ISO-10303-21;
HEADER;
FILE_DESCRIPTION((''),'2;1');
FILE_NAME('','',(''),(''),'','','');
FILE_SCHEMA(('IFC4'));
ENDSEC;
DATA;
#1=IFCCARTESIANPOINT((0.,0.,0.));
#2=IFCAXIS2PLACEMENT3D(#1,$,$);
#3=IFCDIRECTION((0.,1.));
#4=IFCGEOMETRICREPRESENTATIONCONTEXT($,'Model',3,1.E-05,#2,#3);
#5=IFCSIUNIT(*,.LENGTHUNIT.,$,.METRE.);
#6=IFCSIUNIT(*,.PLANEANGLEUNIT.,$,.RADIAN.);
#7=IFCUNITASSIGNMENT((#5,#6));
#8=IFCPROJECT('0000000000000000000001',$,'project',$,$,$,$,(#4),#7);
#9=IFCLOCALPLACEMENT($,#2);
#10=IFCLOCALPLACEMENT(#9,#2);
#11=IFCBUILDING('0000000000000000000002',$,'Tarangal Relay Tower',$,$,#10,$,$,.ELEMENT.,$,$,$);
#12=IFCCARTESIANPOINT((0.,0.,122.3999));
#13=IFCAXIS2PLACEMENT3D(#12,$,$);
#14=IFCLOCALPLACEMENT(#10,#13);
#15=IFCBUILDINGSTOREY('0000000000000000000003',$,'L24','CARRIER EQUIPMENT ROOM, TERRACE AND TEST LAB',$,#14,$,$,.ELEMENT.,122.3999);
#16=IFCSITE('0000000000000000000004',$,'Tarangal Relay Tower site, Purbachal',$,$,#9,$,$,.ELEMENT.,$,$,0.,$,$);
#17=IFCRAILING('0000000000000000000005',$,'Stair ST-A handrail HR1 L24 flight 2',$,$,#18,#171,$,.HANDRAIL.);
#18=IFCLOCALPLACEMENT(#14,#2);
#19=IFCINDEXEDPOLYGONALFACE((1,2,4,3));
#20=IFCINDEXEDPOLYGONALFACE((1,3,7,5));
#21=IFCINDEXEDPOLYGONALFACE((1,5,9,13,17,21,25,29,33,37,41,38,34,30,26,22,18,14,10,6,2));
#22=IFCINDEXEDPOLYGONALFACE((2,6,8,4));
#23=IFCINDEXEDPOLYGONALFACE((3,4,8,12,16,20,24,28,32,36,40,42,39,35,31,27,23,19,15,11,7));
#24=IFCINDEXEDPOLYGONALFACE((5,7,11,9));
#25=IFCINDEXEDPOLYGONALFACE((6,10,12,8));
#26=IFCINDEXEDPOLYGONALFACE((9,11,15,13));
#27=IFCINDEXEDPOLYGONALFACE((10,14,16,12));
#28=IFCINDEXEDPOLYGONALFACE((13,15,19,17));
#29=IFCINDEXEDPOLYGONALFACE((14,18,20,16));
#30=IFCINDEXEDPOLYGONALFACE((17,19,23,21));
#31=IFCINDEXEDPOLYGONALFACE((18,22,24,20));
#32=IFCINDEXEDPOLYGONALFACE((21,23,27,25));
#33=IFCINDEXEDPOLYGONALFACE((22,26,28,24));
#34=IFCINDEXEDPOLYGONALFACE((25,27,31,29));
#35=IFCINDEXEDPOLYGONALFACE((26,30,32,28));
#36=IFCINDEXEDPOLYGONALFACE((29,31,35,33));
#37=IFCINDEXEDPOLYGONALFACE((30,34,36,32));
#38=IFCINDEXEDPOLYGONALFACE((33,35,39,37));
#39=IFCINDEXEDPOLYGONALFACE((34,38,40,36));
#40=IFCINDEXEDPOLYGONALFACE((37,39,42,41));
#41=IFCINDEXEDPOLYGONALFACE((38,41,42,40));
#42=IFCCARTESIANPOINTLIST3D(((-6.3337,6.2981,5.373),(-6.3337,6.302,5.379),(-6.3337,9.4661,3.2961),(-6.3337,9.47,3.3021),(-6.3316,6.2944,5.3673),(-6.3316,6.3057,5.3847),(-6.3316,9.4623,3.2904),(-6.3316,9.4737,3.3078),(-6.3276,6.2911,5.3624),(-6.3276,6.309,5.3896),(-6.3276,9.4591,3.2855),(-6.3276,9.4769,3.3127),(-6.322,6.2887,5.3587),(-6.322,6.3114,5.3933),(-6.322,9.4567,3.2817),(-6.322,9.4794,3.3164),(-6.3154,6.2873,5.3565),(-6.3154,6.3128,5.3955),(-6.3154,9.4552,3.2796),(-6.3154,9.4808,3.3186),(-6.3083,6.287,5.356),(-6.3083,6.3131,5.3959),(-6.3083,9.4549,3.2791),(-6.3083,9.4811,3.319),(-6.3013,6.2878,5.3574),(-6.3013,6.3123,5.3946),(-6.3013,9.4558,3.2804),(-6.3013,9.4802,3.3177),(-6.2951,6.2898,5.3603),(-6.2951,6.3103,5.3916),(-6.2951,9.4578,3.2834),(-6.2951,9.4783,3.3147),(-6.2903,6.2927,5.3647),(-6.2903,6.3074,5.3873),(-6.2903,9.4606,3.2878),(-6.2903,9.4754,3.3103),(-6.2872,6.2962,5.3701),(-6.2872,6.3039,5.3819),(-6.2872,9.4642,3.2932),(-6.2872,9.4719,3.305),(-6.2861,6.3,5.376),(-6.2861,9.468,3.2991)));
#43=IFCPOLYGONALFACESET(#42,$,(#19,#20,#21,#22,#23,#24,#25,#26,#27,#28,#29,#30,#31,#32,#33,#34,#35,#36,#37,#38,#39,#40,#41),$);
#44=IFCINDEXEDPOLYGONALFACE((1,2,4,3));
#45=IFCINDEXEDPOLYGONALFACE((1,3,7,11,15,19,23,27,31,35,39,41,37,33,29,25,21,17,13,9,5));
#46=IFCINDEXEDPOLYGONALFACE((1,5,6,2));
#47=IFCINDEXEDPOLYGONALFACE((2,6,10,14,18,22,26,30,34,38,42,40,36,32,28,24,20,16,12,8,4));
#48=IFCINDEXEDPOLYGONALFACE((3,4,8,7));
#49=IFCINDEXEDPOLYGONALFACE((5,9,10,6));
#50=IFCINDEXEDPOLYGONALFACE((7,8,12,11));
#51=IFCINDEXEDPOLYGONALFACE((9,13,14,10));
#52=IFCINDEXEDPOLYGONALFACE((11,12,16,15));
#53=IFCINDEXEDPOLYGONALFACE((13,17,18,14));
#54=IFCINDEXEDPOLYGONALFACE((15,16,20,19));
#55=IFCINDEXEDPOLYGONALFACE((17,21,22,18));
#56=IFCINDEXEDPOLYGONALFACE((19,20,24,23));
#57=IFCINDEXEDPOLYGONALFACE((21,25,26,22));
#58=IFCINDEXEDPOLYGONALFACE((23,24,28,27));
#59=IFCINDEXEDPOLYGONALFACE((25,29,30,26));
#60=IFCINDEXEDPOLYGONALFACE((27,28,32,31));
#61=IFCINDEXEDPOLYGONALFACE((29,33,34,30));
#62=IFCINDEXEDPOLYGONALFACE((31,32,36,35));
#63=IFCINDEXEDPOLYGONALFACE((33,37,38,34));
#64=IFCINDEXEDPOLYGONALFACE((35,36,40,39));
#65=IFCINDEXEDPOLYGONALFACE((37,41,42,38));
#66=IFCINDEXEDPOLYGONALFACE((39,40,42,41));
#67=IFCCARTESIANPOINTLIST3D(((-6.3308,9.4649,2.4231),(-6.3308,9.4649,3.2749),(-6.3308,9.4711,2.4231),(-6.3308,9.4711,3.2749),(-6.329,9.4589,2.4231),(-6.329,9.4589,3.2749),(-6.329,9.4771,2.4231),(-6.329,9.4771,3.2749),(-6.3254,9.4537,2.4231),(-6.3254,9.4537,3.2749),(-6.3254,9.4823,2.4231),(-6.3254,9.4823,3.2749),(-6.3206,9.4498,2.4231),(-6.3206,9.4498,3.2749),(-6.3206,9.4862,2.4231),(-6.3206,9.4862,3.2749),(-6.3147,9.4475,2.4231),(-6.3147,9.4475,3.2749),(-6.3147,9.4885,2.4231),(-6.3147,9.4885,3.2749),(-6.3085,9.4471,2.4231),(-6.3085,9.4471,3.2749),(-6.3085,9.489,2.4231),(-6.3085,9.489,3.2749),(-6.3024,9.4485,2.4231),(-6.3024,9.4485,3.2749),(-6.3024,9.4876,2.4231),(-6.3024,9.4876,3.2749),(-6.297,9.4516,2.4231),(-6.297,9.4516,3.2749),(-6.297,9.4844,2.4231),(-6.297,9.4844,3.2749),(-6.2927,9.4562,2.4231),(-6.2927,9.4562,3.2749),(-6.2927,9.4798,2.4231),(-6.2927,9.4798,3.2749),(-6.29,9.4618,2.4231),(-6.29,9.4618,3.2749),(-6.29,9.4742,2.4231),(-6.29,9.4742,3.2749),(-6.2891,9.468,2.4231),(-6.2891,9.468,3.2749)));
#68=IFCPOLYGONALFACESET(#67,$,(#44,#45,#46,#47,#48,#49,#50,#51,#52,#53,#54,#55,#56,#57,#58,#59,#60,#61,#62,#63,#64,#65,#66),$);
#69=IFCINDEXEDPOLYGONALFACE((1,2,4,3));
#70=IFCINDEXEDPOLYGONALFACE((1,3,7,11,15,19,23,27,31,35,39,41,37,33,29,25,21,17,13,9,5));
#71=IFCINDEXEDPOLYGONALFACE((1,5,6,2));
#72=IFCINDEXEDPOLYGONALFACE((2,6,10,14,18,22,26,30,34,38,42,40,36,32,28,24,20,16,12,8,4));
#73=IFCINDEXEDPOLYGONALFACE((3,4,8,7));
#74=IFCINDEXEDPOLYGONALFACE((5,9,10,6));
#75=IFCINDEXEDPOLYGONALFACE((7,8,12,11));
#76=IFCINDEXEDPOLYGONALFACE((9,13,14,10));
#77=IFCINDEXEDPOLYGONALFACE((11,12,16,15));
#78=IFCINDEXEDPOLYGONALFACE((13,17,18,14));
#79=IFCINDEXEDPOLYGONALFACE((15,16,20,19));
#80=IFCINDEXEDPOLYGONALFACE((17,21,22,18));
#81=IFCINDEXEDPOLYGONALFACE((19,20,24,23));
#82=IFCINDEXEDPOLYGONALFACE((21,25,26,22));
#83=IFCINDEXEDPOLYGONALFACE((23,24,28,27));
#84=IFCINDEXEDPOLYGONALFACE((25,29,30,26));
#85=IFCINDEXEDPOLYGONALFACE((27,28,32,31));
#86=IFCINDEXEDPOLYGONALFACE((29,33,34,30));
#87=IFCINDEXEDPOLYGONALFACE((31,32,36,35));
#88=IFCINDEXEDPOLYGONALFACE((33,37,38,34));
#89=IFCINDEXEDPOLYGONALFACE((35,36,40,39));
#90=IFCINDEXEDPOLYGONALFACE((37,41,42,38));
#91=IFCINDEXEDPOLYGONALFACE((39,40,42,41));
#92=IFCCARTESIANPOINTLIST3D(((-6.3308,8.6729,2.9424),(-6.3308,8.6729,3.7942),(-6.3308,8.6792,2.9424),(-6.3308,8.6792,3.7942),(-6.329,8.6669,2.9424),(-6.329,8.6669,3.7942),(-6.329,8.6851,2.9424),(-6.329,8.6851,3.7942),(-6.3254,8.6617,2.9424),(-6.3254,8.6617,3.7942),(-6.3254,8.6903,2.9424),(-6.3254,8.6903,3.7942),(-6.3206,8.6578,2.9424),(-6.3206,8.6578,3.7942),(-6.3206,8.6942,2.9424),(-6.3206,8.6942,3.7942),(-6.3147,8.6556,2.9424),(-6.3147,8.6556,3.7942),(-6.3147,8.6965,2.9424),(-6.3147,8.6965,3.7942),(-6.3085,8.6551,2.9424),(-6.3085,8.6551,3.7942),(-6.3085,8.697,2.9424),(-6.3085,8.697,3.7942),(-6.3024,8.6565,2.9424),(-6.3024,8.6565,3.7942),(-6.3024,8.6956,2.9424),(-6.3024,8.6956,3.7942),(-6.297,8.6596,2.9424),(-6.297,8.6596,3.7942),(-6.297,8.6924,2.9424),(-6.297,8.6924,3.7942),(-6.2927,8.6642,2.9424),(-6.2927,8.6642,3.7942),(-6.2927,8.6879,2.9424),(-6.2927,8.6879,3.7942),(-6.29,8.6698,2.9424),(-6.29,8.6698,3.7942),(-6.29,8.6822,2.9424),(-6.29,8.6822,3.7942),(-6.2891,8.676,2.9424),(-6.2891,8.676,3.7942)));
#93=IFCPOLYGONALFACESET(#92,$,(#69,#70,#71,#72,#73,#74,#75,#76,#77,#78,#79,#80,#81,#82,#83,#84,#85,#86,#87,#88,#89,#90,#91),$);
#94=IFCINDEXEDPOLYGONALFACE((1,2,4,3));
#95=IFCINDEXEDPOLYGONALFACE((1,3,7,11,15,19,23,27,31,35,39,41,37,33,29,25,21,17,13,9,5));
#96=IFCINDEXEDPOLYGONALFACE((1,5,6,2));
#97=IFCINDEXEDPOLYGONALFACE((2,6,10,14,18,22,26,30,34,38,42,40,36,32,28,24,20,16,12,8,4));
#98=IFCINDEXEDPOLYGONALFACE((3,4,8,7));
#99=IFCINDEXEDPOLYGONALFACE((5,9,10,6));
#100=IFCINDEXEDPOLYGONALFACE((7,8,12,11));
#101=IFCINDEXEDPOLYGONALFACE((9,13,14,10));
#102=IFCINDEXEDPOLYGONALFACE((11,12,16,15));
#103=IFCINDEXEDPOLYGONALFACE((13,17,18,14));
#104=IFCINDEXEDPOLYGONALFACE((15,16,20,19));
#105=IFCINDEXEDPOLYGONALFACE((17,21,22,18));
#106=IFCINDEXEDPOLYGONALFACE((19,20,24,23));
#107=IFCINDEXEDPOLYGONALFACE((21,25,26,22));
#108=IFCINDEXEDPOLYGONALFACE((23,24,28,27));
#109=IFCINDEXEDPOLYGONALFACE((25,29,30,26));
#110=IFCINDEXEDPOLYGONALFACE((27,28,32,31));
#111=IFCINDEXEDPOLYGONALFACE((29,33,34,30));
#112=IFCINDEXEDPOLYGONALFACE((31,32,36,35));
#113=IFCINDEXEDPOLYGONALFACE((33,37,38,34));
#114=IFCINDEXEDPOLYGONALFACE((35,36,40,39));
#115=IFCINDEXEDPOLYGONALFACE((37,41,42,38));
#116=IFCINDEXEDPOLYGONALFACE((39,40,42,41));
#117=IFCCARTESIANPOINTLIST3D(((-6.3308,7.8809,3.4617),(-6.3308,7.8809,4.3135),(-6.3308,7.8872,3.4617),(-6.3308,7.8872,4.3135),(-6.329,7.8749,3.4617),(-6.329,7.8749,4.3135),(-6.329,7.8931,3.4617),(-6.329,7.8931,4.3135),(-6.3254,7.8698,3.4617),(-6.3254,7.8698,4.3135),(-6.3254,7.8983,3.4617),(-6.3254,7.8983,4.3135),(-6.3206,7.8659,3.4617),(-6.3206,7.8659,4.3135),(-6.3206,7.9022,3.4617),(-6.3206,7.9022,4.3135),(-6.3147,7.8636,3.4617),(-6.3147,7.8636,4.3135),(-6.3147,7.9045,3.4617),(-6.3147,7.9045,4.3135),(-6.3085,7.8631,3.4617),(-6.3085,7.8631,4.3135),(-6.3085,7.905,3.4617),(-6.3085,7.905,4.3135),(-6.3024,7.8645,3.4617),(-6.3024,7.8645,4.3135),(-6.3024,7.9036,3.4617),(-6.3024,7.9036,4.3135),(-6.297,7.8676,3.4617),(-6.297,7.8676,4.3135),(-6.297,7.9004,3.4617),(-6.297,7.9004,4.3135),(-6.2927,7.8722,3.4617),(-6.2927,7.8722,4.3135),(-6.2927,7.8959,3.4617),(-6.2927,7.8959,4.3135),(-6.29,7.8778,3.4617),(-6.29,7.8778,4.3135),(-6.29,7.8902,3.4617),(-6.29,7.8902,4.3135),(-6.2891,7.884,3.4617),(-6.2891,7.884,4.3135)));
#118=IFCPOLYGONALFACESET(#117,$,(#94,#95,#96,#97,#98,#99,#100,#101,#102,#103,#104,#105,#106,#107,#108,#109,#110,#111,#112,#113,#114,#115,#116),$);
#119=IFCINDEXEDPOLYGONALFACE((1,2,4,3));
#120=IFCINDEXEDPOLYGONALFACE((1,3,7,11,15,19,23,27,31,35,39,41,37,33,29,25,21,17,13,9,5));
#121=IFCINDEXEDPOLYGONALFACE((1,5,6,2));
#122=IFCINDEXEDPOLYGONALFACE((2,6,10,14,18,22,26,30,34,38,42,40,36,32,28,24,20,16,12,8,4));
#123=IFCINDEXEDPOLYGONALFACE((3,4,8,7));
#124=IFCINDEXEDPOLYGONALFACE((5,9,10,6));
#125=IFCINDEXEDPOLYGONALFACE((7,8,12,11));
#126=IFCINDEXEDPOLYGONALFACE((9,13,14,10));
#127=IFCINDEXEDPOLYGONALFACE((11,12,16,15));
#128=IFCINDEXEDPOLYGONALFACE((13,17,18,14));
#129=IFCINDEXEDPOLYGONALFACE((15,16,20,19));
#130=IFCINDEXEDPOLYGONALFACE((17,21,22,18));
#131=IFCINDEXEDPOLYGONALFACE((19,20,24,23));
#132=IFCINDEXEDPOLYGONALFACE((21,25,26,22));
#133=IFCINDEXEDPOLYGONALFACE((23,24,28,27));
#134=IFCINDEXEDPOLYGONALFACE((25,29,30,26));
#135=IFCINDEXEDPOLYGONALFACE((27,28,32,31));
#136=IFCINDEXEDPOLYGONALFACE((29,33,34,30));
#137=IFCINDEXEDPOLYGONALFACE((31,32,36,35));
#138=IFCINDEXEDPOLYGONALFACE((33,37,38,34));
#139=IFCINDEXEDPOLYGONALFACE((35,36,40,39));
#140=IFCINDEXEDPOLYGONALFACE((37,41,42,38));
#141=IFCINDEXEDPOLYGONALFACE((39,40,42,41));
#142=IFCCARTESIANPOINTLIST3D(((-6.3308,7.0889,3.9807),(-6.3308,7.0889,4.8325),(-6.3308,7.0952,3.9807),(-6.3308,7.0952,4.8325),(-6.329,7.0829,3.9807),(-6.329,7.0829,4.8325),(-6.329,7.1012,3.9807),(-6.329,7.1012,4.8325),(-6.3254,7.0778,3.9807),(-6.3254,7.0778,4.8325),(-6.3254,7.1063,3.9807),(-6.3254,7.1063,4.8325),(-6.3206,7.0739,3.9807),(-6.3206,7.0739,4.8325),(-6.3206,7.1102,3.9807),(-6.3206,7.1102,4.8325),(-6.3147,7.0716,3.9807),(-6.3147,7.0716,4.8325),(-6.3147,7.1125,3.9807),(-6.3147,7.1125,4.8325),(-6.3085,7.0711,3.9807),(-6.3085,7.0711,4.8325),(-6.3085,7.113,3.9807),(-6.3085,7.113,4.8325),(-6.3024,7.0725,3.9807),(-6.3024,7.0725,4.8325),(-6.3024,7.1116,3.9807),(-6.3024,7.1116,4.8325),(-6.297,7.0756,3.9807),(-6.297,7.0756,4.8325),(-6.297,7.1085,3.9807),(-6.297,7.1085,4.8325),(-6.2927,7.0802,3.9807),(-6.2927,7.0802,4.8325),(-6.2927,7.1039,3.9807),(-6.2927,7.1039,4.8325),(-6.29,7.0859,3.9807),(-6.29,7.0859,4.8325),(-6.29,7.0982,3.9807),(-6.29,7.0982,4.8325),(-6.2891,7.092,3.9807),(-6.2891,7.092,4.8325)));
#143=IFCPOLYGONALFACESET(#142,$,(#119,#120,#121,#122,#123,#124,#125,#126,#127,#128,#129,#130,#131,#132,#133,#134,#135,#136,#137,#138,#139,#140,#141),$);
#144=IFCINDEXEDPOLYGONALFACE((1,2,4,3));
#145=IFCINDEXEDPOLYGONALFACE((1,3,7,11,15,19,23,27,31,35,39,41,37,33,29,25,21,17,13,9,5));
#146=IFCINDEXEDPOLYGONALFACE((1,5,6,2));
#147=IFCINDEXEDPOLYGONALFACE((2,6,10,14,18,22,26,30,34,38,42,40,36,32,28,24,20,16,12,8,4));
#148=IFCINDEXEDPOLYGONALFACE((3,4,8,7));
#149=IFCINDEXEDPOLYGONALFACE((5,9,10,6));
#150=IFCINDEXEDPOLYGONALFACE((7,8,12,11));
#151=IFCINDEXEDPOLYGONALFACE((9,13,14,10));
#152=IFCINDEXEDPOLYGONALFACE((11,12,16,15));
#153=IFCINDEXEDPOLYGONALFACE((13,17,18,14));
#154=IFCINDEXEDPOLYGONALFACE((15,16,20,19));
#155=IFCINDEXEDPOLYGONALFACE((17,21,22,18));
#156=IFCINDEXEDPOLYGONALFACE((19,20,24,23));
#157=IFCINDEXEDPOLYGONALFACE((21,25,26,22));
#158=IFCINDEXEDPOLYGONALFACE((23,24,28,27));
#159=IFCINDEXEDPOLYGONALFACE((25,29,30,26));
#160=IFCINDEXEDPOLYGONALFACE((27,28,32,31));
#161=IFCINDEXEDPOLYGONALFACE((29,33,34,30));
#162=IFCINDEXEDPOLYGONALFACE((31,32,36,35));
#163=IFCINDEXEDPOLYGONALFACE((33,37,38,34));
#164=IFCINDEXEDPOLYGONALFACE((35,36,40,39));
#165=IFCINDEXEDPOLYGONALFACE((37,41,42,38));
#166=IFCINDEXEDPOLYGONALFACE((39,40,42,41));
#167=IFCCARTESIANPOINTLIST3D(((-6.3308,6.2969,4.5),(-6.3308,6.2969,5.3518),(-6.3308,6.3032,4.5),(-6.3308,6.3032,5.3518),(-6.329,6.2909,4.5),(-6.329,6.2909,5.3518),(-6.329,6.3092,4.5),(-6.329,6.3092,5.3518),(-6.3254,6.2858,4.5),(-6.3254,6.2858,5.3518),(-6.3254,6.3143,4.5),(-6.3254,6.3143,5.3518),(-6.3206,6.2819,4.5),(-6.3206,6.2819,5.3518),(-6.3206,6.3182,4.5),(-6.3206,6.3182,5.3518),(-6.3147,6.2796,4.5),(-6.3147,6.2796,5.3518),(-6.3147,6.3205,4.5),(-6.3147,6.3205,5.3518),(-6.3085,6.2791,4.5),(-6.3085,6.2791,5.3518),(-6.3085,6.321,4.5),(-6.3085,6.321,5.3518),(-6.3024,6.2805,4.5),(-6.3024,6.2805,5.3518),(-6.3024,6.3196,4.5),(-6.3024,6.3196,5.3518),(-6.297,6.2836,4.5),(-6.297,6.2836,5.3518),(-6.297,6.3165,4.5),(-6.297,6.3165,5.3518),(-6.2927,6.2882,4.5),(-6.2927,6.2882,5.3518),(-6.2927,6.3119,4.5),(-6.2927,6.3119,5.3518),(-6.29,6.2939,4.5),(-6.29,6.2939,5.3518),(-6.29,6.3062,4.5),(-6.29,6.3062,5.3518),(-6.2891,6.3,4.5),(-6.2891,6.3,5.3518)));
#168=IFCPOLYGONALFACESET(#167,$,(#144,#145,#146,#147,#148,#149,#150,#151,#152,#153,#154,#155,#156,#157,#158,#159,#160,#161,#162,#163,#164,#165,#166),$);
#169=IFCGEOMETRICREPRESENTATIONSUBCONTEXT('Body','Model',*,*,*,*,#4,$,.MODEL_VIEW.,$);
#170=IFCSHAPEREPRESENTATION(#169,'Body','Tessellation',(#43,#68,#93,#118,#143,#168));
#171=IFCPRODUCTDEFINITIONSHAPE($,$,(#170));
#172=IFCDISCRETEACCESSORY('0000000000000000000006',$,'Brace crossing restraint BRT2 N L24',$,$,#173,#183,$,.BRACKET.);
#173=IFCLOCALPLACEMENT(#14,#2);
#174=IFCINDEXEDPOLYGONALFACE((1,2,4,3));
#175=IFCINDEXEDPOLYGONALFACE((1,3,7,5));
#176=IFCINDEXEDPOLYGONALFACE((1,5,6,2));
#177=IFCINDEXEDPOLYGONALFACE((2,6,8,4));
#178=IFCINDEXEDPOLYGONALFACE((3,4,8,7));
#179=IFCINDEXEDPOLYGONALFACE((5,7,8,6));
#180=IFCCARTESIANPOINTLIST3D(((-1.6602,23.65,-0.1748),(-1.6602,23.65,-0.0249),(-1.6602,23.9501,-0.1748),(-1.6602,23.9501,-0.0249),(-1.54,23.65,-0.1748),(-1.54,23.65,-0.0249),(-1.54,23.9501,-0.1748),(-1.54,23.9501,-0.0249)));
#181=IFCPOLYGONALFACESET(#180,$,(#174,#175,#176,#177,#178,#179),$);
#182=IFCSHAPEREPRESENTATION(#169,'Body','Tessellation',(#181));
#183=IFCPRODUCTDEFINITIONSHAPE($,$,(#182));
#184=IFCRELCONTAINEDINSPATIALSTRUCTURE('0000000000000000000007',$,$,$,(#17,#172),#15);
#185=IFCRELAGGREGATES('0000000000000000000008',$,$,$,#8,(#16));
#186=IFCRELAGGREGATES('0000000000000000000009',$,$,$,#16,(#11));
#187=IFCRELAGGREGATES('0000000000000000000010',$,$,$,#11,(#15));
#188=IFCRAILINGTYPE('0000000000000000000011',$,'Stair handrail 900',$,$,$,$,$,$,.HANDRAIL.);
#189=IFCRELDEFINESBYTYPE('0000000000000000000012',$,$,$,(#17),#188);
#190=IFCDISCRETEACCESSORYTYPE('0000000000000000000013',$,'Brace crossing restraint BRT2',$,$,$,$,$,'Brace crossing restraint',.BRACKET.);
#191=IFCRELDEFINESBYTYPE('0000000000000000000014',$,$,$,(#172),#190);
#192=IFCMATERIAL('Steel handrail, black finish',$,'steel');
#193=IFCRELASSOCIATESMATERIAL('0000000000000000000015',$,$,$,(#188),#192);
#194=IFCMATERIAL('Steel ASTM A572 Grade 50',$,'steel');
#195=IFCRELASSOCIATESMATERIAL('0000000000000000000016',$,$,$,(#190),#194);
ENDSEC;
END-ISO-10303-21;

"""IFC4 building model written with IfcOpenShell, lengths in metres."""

from ifc_helpers import new_model, si_unit, direction, frame, origin, origin_2d, place, context, subcontext, project, spatial, rectangle, circle, extrude, material, type_object, element, save


model = new_model("IFC4")

# Units and contexts
model_context = context("Model", 3, precision=1e-05, world=origin(), true_north=direction((0.0, 1.0)))
body_context = subcontext(model_context, "Body", "Model", "MODEL_VIEW")
ifc_project = project(units=[si_unit("LENGTHUNIT", "METRE"), si_unit("PLANEANGLEUNIT", "RADIAN")], contexts=[model_context])

# Site, building, storey
site_placement = place(None, origin())
site = spatial("IfcSite", under=ifc_project, at=site_placement, Name="Tarangal Relay Tower site, Purbachal", CompositionType="ELEMENT", RefElevation=0.0)
building_placement = place(site_placement, origin())
building = spatial("IfcBuilding", under=site, at=building_placement, Name="Tarangal Relay Tower", CompositionType="ELEMENT")
storey_placement = place(building_placement, frame((0.0, 0.0, 122.3999)))
storey = spatial("IfcBuildingStorey", under=building, at=storey_placement, Name="L24", Description="CARRIER EQUIPMENT ROOM, TERRACE AND TEST LAB", CompositionType="ELEMENT", Elevation=122.3999)

# Shared definitions
ifc_material_1 = material(Name="Steel ASTM A572 Grade 50", Category="steel")

# Railing
ifc_material_2 = material(Name="Steel handrail, black finish", Category="steel")
railing_type_1 = type_object("IfcRailingType", Name="Stair handrail 900", PredefinedType="HANDRAIL", material=ifc_material_2)
railing_1_placement = place(storey_placement, frame((-6.3101, 9.468, 2.4231)))
element("IfcRailing", 1, at=railing_1_placement, inside=storey, type_object=railing_type_1, Name="Stair ST-A handrail HR1 L24 flight 2", PredefinedType="HANDRAIL", context=body_context, shape_type="SweptSolid", body=[
    extrude(circle(Radius=0.0239, at=origin_2d()), frame((0.0, 0.0, 0.876), z_axis=(0.0, -0.836299, 0.548273), x_axis=(1.0, 0.0, 0.0)), (0.0, 0.0, 1.0), 3.7881),
    extrude(circle(Radius=0.021, at=origin_2d()), origin(), (0.0, 0.0, 1.0), 0.8518),
    extrude(circle(Radius=0.021, at=origin_2d()), frame((0.0, -0.792, 0.5193)), (0.0, 0.0, 1.0), 0.8518),
    extrude(circle(Radius=0.021, at=origin_2d()), frame((0.0, -1.584, 1.0386)), (0.0, 0.0, 1.0), 0.8518),
    extrude(circle(Radius=0.021, at=origin_2d()), frame((0.0, -2.376, 1.5576)), (0.0, 0.0, 1.0), 0.8518),
    extrude(circle(Radius=0.021, at=origin_2d()), frame((0.0, -3.168, 2.0769)), (0.0, 0.0, 1.0), 0.8518),
])

# Discrete accessory
discrete_accessory_type = type_object("IfcDiscreteAccessoryType", Name="Brace crossing restraint BRT2", ElementType="Brace crossing restraint", PredefinedType="BRACKET", material=ifc_material_1)
discrete_accessory_placement = place(storey_placement, frame((-1.6001, 23.8, -0.1748), z_axis=(0.0, 0.0, 1.0), x_axis=(1.0, 0.0, 0.0)))
element("IfcDiscreteAccessory", 2, at=discrete_accessory_placement, inside=storey, type_object=discrete_accessory_type, Name="Brace crossing restraint BRT2 N L24", PredefinedType="BRACKET", context=body_context, shape_type="SweptSolid", body=[
    extrude(rectangle(XDim=0.1201, YDim=0.3, at=origin_2d()), origin(), (0.0, 0.0, 1.0), 0.1499),
])

save(model, "model.ifc")
